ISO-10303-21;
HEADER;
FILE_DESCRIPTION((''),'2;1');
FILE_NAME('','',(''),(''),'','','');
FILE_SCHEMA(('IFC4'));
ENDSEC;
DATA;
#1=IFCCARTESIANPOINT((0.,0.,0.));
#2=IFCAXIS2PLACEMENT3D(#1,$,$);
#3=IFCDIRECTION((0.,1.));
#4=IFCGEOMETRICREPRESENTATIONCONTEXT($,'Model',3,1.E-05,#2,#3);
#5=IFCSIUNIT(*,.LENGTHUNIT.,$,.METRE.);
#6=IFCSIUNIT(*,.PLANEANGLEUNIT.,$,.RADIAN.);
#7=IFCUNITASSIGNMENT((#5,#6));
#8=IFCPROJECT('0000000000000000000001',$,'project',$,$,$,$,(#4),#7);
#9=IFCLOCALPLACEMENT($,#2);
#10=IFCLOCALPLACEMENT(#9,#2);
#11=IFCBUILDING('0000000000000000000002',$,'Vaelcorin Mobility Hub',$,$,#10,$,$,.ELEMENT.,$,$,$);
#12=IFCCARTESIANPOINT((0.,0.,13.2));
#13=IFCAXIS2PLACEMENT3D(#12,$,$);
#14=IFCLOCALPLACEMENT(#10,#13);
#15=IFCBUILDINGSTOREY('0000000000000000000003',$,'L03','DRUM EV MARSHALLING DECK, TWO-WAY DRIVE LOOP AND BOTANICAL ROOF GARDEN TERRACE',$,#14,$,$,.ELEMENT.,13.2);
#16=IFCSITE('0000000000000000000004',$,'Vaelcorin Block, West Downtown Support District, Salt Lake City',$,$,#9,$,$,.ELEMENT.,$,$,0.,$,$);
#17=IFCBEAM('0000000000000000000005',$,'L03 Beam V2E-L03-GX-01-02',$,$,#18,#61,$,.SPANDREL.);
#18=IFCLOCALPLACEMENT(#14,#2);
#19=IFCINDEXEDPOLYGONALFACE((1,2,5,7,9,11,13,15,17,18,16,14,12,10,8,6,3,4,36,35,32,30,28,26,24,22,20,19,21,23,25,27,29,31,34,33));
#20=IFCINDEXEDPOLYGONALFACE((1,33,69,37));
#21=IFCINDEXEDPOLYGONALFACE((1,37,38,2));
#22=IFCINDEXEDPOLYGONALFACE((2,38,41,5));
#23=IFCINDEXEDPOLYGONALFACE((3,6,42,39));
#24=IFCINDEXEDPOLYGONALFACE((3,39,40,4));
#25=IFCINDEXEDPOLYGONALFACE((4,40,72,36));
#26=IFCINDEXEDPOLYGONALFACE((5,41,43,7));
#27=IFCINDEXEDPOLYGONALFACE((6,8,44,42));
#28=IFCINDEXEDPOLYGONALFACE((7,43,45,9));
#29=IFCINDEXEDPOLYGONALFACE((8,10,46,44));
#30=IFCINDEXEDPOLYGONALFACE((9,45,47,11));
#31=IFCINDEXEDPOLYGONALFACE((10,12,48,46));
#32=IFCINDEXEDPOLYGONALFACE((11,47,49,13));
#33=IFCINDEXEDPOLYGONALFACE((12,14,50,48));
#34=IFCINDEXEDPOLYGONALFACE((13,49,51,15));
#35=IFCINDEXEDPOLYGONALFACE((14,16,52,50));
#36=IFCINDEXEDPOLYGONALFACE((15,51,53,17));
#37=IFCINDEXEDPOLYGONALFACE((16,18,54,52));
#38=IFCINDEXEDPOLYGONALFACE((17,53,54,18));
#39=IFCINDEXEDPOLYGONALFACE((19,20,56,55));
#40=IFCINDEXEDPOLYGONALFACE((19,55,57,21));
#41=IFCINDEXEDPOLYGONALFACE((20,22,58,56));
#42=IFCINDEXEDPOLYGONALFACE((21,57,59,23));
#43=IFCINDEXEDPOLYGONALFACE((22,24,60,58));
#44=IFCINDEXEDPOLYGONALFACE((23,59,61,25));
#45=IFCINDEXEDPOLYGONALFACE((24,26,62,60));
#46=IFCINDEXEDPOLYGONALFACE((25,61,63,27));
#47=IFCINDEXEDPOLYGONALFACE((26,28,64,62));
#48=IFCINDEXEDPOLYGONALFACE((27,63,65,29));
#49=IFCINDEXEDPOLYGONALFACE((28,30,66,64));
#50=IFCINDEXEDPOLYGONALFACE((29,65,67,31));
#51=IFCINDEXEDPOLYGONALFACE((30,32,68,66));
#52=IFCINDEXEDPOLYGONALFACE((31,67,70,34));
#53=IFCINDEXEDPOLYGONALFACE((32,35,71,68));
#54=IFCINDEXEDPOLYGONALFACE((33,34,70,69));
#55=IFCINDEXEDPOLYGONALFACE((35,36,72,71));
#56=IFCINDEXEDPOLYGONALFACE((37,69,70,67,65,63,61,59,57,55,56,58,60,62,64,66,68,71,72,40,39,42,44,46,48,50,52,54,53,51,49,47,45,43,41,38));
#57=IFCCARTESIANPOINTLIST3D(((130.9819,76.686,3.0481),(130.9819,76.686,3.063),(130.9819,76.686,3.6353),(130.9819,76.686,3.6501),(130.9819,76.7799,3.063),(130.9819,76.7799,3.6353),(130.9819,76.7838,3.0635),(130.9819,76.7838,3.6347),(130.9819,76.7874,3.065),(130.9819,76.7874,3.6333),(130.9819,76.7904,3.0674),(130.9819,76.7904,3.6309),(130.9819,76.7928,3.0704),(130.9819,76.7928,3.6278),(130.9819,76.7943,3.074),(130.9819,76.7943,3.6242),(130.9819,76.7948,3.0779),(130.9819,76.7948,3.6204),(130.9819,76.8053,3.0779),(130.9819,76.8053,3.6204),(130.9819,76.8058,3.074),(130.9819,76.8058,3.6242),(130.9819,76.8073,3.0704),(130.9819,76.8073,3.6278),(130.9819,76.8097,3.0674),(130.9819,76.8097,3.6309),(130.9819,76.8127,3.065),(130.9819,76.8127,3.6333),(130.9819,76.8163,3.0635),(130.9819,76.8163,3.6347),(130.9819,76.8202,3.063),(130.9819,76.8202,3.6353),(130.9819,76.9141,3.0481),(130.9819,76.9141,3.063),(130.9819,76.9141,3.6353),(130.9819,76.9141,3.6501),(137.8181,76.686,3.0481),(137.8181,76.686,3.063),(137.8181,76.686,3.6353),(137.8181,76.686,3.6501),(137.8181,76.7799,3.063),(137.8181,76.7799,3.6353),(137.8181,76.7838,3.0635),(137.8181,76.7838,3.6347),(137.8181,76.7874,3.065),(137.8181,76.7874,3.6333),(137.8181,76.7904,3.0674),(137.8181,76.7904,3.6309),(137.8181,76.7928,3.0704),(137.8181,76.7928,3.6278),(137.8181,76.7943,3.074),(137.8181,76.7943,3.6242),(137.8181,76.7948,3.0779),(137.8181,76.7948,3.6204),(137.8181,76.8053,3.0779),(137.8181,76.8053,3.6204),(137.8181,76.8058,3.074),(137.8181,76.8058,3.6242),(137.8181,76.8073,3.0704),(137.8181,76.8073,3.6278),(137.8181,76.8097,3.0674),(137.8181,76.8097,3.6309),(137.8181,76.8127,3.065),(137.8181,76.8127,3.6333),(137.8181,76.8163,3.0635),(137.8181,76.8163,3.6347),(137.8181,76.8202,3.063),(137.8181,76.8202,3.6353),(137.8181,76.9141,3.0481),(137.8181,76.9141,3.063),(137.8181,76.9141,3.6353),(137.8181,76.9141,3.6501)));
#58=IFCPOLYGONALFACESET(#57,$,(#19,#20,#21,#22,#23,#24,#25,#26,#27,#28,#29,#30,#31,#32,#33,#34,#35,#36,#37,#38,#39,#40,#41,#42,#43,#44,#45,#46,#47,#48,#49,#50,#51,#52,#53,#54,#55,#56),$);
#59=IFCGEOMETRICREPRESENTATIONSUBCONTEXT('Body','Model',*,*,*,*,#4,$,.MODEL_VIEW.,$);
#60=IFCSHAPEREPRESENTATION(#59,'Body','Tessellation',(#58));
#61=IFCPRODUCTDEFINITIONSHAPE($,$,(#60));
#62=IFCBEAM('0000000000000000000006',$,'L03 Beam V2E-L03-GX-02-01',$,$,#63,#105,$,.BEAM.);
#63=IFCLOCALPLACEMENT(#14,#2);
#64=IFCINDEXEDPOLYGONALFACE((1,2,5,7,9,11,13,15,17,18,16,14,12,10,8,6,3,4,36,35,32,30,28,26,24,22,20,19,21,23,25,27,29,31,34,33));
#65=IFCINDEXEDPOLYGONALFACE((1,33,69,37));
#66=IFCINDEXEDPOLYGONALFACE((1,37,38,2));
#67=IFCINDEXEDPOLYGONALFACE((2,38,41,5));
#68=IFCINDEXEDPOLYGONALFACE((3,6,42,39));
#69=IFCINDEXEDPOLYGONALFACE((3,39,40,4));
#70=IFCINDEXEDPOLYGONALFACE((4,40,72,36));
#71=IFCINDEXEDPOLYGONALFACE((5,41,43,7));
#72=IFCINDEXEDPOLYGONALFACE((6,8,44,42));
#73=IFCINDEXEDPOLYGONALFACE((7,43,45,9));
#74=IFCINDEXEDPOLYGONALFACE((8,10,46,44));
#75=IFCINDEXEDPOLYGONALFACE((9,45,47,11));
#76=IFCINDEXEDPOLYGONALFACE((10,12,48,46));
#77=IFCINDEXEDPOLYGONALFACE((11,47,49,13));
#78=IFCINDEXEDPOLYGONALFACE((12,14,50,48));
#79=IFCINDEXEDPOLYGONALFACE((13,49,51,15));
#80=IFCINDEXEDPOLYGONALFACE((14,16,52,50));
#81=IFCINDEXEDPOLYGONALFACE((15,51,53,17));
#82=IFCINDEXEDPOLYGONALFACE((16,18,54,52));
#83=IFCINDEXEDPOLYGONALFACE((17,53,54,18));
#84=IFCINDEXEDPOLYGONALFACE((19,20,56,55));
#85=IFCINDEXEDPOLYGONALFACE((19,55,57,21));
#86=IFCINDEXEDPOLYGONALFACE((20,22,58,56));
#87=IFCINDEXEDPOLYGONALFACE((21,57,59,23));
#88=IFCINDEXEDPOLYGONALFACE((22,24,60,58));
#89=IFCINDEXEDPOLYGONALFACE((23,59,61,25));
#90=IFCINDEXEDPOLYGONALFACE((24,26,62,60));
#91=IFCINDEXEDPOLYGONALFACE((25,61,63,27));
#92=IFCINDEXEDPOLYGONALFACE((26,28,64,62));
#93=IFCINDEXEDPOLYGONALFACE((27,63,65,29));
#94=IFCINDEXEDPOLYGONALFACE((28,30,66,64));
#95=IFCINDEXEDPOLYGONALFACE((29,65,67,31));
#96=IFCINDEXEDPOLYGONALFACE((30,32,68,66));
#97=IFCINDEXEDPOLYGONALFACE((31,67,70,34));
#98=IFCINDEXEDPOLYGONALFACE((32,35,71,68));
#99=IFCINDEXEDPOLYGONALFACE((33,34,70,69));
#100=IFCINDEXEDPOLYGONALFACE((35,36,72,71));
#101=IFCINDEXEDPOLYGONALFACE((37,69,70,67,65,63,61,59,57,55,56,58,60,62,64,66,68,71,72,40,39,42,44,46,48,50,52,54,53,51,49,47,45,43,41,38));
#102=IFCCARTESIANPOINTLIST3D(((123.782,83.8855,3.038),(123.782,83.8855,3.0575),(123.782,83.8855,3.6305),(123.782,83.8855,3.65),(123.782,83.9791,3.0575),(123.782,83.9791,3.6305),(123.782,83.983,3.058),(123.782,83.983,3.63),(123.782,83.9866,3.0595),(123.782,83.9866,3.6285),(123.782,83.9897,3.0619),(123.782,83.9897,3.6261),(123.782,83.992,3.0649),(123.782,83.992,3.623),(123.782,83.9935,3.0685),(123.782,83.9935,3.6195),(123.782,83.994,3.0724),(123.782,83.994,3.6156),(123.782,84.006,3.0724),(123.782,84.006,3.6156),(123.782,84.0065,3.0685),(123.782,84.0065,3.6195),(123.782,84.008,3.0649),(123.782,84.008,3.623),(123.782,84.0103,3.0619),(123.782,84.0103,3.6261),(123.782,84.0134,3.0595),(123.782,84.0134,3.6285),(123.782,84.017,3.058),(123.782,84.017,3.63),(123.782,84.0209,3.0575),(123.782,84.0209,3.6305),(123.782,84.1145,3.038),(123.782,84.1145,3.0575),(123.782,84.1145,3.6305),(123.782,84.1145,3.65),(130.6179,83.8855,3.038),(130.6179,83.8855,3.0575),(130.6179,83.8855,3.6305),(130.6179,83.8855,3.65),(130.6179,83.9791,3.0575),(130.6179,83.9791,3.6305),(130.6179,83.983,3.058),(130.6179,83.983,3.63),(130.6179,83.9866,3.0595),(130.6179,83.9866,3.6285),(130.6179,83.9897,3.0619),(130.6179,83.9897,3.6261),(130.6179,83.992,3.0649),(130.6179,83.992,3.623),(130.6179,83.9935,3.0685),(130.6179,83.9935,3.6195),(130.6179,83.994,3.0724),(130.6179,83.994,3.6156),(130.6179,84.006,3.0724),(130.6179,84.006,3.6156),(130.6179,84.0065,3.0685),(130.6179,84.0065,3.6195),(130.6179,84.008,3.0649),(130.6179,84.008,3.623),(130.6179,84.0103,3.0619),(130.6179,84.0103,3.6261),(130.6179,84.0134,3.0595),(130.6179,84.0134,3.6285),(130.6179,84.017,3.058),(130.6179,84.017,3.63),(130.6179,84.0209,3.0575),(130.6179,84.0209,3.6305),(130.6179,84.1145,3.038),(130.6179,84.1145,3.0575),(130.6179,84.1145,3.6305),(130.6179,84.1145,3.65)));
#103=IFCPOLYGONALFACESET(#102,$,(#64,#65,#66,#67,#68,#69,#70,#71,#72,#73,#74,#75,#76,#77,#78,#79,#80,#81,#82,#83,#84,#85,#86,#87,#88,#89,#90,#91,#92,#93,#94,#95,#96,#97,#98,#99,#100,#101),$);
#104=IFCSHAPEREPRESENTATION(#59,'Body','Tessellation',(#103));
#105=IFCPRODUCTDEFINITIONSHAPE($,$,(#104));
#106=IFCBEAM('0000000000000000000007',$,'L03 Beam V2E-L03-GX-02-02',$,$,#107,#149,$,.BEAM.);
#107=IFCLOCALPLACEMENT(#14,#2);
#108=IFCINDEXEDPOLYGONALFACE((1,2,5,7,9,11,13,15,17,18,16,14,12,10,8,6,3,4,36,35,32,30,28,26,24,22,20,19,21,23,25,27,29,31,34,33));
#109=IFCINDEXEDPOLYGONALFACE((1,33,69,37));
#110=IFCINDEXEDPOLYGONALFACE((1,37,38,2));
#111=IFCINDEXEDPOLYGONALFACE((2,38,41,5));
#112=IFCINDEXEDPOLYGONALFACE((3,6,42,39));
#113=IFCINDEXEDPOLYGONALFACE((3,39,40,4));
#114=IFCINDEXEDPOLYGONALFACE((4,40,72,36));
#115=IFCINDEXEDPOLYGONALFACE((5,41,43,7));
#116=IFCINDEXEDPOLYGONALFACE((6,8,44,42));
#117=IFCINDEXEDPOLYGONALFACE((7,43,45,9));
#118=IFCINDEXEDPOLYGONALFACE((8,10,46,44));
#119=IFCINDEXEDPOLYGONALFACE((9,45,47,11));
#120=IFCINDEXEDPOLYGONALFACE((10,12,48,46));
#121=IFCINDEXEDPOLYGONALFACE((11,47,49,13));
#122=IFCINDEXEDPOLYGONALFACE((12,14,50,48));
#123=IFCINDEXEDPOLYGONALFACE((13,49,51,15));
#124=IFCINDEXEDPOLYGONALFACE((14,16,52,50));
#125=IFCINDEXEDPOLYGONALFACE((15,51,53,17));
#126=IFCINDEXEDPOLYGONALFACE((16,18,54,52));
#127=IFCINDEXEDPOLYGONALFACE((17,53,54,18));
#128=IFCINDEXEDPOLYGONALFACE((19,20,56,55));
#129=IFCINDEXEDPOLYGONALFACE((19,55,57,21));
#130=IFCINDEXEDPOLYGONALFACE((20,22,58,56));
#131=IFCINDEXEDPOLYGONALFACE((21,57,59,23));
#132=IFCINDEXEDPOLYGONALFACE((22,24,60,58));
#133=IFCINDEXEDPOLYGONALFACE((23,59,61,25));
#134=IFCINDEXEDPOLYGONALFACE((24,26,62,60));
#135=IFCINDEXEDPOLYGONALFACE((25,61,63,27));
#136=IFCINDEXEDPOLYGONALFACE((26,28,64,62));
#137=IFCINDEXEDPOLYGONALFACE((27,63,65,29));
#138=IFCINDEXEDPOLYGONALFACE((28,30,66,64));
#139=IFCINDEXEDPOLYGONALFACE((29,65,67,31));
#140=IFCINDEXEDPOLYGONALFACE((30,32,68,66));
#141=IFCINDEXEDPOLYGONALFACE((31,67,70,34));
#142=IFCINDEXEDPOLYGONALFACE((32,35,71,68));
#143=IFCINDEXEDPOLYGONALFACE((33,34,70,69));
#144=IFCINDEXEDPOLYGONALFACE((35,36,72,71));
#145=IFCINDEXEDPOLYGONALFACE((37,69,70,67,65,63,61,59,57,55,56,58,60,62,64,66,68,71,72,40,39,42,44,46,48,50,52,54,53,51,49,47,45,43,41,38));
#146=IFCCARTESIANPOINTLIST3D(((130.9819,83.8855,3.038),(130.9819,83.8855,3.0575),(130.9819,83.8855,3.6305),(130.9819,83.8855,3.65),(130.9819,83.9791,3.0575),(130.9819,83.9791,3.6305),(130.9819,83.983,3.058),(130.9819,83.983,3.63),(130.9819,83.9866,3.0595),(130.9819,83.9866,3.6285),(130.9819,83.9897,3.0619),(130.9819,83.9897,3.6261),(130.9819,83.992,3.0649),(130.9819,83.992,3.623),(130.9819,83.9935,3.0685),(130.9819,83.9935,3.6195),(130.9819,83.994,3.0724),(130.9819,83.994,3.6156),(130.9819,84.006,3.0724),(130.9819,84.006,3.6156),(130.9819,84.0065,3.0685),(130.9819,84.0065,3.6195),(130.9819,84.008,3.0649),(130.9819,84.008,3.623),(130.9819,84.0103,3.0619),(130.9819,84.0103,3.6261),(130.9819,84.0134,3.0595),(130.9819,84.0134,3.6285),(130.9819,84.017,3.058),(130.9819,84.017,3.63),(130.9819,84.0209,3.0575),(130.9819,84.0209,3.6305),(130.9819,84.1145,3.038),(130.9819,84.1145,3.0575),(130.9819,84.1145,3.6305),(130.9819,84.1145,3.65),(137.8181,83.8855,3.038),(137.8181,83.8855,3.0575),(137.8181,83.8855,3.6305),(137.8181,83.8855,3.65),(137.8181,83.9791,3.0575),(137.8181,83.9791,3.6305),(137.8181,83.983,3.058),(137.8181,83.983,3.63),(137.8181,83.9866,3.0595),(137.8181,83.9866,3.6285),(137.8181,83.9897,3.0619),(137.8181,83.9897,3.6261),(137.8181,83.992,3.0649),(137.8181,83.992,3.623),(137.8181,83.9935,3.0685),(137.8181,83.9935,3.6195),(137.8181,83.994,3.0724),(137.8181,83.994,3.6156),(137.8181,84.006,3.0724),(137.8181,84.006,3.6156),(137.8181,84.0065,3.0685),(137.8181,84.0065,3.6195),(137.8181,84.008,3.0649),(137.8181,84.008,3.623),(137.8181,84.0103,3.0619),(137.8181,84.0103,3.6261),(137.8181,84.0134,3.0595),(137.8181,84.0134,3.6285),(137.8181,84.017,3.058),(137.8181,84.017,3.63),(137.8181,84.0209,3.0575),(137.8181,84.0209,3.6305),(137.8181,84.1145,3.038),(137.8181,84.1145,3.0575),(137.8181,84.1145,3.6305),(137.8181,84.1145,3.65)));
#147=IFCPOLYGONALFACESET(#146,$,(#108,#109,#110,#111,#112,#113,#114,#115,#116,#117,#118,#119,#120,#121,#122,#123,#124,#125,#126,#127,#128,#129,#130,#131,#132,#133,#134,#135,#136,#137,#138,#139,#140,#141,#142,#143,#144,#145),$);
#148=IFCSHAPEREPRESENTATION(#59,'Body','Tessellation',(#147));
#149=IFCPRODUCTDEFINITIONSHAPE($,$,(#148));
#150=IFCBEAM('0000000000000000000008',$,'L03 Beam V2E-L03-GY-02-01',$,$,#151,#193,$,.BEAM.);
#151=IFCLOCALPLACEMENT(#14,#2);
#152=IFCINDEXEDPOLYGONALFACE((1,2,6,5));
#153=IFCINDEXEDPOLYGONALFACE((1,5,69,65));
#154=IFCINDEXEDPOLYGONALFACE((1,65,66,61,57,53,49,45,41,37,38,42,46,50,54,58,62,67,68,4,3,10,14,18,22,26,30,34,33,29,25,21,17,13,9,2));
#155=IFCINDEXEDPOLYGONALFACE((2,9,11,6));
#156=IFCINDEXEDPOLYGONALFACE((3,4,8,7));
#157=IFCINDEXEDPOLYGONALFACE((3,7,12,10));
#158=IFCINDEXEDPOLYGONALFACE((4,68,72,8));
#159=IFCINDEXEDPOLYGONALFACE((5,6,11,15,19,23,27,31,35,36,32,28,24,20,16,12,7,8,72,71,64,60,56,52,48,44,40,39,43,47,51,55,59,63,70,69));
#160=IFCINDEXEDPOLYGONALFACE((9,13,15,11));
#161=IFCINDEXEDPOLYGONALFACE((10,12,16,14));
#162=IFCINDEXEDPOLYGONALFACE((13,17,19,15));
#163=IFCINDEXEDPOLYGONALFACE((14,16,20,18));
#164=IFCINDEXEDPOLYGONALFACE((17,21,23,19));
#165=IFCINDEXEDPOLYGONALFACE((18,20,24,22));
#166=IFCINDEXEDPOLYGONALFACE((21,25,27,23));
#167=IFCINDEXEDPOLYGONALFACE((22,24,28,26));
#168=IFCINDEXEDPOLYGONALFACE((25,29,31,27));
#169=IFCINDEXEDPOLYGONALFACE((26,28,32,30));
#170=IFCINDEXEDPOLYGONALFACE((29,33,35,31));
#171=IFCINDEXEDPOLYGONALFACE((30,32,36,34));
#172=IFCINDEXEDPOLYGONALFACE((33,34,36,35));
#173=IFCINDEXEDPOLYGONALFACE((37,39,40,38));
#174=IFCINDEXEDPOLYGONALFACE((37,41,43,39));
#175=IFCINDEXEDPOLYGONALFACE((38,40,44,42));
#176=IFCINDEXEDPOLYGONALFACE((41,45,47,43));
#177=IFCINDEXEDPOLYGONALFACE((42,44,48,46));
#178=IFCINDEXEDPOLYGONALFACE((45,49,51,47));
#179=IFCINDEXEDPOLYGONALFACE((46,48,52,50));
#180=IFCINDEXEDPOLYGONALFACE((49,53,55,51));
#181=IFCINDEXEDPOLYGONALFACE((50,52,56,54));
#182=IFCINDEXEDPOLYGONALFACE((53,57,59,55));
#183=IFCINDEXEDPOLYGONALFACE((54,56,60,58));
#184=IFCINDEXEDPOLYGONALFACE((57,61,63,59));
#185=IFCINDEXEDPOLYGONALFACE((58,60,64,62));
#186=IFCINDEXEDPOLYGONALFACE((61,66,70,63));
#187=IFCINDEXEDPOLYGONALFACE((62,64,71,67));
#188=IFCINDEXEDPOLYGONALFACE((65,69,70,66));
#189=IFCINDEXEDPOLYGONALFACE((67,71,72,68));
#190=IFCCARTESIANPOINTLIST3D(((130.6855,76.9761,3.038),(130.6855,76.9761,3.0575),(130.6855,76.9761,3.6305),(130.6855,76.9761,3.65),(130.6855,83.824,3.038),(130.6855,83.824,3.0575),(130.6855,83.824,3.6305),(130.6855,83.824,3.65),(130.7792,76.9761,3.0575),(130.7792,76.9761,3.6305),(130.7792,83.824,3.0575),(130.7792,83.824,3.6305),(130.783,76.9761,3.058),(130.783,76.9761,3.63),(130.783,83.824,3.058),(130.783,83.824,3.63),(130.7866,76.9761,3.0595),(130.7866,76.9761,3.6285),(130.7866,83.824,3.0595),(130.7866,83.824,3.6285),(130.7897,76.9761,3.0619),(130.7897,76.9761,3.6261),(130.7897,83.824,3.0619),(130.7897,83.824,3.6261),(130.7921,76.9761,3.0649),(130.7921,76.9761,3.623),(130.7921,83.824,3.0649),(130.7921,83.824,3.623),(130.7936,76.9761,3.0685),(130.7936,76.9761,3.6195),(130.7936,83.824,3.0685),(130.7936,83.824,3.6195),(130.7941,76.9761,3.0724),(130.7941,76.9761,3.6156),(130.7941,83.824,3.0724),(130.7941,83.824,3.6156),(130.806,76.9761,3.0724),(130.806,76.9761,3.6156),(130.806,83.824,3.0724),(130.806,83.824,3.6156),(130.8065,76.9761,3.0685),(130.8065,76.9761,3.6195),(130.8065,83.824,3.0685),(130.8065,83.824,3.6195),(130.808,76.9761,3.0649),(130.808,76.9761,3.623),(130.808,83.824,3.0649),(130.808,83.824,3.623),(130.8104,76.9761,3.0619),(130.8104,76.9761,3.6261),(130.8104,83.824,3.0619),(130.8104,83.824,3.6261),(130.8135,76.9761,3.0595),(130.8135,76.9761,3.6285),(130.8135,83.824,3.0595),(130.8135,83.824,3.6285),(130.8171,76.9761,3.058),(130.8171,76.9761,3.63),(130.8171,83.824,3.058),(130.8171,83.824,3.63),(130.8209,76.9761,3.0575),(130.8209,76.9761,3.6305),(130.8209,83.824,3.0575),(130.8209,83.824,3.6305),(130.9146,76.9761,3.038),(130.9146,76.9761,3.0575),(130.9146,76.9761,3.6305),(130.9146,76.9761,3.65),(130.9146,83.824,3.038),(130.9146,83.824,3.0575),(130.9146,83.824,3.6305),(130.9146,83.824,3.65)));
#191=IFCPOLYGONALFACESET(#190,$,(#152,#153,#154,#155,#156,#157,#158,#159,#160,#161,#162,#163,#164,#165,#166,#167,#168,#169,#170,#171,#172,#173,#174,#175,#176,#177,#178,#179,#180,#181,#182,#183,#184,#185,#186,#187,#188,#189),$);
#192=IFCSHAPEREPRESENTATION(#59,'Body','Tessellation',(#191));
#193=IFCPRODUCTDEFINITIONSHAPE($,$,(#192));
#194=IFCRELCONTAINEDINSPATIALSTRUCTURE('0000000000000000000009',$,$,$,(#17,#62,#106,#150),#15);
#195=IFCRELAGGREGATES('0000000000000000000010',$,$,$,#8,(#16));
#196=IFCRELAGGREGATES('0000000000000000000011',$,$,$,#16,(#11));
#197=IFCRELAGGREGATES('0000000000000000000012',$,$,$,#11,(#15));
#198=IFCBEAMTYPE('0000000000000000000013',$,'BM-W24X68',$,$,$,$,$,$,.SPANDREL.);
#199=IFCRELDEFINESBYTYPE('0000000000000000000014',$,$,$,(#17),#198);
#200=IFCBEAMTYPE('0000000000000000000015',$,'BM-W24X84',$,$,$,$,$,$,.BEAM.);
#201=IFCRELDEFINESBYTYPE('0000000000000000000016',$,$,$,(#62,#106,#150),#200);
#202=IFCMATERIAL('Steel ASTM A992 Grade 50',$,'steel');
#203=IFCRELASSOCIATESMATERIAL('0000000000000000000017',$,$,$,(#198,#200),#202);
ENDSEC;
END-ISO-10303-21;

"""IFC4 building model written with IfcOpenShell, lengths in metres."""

from ifc_helpers import new_model, si_unit, direction, frame, origin, origin_2d, place, context, subcontext, project, spatial, i_section, extrude, material, material_profile, profile_set, type_object, element, save


model = new_model("IFC4")

# Units and contexts
model_context = context("Model", 3, precision=1e-05, world=origin(), true_north=direction((0.0, 1.0)))
body_context = subcontext(model_context, "Body", "Model", "MODEL_VIEW")
ifc_project = project(units=[si_unit("LENGTHUNIT", "METRE"), si_unit("PLANEANGLEUNIT", "RADIAN")], contexts=[model_context])

# Site, building, storey
site_placement = place(None, origin())
site = spatial("IfcSite", under=ifc_project, at=site_placement, Name="Vaelcorin Block, West Downtown Support District, Salt Lake City", CompositionType="ELEMENT", RefElevation=0.0)
building_placement = place(site_placement, origin())
building = spatial("IfcBuilding", under=site, at=building_placement, Name="Vaelcorin Mobility Hub", CompositionType="ELEMENT")
storey_placement = place(building_placement, frame((0.0, 0.0, 13.2)))
storey = spatial("IfcBuildingStorey", under=building, at=storey_placement, Name="L03", Description="DRUM EV MARSHALLING DECK, TWO-WAY DRIVE LOOP AND BOTANICAL ROOF GARDEN TERRACE", CompositionType="ELEMENT", Elevation=13.2)

# Shared definitions
ifc_material_1 = material(Name="Steel ASTM A992 Grade 50", Category="steel")

# Beams
ifc_material_profile_1 = material_profile(ifc_material_1, i_section(OverallWidth=0.228, OverallDepth=0.6021, WebThickness=0.0105, FlangeThickness=0.0149, FilletRadius=0.0149, at=origin_2d()), Name="W24X68")
ifc_profile_set_1 = profile_set([ifc_material_profile_1], Name="Steel ASTM A992 Grade 50")
beam_type_1 = type_object("IfcBeamType", Name="BM-W24X68", PredefinedType="SPANDREL", material=ifc_profile_set_1)
beam_1_placement = place(storey_placement, frame((130.9819, 76.8, 3.3491), z_axis=(1.0, 0.0, 0.0), x_axis=(0.0, 1.0, 0.0)))
element("IfcBeam", 1, at=beam_1_placement, inside=storey, type_object=beam_type_1, Name="L03 Beam V2E-L03-GX-01-02", PredefinedType="SPANDREL", context=body_context, shape_type="SweptSolid", body=[
    extrude(i_section(OverallWidth=0.228, OverallDepth=0.6021, WebThickness=0.0105, FlangeThickness=0.0149, FilletRadius=0.0149, at=origin_2d()), origin(), (0.0, 0.0, 1.0), 6.8362),
])
ifc_material_profile_2 = material_profile(ifc_material_1, i_section(OverallWidth=0.229, OverallDepth=0.6121, WebThickness=0.012, FlangeThickness=0.0195, FilletRadius=0.0149, at=origin_2d()), Name="W24X84")
ifc_profile_set_2 = profile_set([ifc_material_profile_2], Name="Steel ASTM A992 Grade 50")
beam_type_2 = type_object("IfcBeamType", Name="BM-W24X84", PredefinedType="BEAM", material=ifc_profile_set_2)
beam_2_placement = place(storey_placement, frame((123.782, 84.0, 3.344), z_axis=(1.0, 0.0, 0.0), x_axis=(0.0, 1.0, 0.0)))
element("IfcBeam", 2, at=beam_2_placement, inside=storey, type_object=beam_type_2, Name="L03 Beam V2E-L03-GX-02-01", PredefinedType="BEAM", context=body_context, shape_type="SweptSolid", body=[
    extrude(i_section(OverallWidth=0.229, OverallDepth=0.6121, WebThickness=0.012, FlangeThickness=0.0195, FilletRadius=0.0149, at=origin_2d()), origin(), (0.0, 0.0, 1.0), 6.8359),
])
beam_3_placement = place(storey_placement, frame((130.9819, 84.0, 3.344), z_axis=(1.0, 0.0, 0.0), x_axis=(0.0, 1.0, 0.0)))
element("IfcBeam", 3, at=beam_3_placement, inside=storey, type_object=beam_type_2, Name="L03 Beam V2E-L03-GX-02-02", PredefinedType="BEAM", context=body_context, shape_type="SweptSolid", body=[
    extrude(i_section(OverallWidth=0.229, OverallDepth=0.6121, WebThickness=0.012, FlangeThickness=0.0195, FilletRadius=0.0149, at=origin_2d()), origin(), (0.0, 0.0, 1.0), 6.8362),
])
for number, where, z_axis, x_axis, name in (
    (4, (130.8, 76.9761, 3.344), (0.0, 1.0, 0.0), (-1.0, 0.0, 0.0), "L03 Beam V2E-L03-GY-02-01"),
):
    element("IfcBeam", number, at=place(storey_placement, frame(where, z_axis=z_axis, x_axis=x_axis)), inside=storey, type_object=beam_type_2, Name=name, PredefinedType="BEAM", context=body_context, shape_type="SweptSolid", body=[
        extrude(i_section(OverallWidth=0.229, OverallDepth=0.6121, WebThickness=0.012, FlangeThickness=0.0195, FilletRadius=0.0149, at=origin_2d()), origin(), (0.0, 0.0, 1.0), 6.8479),
    ])

save(model, "model.ifc")
